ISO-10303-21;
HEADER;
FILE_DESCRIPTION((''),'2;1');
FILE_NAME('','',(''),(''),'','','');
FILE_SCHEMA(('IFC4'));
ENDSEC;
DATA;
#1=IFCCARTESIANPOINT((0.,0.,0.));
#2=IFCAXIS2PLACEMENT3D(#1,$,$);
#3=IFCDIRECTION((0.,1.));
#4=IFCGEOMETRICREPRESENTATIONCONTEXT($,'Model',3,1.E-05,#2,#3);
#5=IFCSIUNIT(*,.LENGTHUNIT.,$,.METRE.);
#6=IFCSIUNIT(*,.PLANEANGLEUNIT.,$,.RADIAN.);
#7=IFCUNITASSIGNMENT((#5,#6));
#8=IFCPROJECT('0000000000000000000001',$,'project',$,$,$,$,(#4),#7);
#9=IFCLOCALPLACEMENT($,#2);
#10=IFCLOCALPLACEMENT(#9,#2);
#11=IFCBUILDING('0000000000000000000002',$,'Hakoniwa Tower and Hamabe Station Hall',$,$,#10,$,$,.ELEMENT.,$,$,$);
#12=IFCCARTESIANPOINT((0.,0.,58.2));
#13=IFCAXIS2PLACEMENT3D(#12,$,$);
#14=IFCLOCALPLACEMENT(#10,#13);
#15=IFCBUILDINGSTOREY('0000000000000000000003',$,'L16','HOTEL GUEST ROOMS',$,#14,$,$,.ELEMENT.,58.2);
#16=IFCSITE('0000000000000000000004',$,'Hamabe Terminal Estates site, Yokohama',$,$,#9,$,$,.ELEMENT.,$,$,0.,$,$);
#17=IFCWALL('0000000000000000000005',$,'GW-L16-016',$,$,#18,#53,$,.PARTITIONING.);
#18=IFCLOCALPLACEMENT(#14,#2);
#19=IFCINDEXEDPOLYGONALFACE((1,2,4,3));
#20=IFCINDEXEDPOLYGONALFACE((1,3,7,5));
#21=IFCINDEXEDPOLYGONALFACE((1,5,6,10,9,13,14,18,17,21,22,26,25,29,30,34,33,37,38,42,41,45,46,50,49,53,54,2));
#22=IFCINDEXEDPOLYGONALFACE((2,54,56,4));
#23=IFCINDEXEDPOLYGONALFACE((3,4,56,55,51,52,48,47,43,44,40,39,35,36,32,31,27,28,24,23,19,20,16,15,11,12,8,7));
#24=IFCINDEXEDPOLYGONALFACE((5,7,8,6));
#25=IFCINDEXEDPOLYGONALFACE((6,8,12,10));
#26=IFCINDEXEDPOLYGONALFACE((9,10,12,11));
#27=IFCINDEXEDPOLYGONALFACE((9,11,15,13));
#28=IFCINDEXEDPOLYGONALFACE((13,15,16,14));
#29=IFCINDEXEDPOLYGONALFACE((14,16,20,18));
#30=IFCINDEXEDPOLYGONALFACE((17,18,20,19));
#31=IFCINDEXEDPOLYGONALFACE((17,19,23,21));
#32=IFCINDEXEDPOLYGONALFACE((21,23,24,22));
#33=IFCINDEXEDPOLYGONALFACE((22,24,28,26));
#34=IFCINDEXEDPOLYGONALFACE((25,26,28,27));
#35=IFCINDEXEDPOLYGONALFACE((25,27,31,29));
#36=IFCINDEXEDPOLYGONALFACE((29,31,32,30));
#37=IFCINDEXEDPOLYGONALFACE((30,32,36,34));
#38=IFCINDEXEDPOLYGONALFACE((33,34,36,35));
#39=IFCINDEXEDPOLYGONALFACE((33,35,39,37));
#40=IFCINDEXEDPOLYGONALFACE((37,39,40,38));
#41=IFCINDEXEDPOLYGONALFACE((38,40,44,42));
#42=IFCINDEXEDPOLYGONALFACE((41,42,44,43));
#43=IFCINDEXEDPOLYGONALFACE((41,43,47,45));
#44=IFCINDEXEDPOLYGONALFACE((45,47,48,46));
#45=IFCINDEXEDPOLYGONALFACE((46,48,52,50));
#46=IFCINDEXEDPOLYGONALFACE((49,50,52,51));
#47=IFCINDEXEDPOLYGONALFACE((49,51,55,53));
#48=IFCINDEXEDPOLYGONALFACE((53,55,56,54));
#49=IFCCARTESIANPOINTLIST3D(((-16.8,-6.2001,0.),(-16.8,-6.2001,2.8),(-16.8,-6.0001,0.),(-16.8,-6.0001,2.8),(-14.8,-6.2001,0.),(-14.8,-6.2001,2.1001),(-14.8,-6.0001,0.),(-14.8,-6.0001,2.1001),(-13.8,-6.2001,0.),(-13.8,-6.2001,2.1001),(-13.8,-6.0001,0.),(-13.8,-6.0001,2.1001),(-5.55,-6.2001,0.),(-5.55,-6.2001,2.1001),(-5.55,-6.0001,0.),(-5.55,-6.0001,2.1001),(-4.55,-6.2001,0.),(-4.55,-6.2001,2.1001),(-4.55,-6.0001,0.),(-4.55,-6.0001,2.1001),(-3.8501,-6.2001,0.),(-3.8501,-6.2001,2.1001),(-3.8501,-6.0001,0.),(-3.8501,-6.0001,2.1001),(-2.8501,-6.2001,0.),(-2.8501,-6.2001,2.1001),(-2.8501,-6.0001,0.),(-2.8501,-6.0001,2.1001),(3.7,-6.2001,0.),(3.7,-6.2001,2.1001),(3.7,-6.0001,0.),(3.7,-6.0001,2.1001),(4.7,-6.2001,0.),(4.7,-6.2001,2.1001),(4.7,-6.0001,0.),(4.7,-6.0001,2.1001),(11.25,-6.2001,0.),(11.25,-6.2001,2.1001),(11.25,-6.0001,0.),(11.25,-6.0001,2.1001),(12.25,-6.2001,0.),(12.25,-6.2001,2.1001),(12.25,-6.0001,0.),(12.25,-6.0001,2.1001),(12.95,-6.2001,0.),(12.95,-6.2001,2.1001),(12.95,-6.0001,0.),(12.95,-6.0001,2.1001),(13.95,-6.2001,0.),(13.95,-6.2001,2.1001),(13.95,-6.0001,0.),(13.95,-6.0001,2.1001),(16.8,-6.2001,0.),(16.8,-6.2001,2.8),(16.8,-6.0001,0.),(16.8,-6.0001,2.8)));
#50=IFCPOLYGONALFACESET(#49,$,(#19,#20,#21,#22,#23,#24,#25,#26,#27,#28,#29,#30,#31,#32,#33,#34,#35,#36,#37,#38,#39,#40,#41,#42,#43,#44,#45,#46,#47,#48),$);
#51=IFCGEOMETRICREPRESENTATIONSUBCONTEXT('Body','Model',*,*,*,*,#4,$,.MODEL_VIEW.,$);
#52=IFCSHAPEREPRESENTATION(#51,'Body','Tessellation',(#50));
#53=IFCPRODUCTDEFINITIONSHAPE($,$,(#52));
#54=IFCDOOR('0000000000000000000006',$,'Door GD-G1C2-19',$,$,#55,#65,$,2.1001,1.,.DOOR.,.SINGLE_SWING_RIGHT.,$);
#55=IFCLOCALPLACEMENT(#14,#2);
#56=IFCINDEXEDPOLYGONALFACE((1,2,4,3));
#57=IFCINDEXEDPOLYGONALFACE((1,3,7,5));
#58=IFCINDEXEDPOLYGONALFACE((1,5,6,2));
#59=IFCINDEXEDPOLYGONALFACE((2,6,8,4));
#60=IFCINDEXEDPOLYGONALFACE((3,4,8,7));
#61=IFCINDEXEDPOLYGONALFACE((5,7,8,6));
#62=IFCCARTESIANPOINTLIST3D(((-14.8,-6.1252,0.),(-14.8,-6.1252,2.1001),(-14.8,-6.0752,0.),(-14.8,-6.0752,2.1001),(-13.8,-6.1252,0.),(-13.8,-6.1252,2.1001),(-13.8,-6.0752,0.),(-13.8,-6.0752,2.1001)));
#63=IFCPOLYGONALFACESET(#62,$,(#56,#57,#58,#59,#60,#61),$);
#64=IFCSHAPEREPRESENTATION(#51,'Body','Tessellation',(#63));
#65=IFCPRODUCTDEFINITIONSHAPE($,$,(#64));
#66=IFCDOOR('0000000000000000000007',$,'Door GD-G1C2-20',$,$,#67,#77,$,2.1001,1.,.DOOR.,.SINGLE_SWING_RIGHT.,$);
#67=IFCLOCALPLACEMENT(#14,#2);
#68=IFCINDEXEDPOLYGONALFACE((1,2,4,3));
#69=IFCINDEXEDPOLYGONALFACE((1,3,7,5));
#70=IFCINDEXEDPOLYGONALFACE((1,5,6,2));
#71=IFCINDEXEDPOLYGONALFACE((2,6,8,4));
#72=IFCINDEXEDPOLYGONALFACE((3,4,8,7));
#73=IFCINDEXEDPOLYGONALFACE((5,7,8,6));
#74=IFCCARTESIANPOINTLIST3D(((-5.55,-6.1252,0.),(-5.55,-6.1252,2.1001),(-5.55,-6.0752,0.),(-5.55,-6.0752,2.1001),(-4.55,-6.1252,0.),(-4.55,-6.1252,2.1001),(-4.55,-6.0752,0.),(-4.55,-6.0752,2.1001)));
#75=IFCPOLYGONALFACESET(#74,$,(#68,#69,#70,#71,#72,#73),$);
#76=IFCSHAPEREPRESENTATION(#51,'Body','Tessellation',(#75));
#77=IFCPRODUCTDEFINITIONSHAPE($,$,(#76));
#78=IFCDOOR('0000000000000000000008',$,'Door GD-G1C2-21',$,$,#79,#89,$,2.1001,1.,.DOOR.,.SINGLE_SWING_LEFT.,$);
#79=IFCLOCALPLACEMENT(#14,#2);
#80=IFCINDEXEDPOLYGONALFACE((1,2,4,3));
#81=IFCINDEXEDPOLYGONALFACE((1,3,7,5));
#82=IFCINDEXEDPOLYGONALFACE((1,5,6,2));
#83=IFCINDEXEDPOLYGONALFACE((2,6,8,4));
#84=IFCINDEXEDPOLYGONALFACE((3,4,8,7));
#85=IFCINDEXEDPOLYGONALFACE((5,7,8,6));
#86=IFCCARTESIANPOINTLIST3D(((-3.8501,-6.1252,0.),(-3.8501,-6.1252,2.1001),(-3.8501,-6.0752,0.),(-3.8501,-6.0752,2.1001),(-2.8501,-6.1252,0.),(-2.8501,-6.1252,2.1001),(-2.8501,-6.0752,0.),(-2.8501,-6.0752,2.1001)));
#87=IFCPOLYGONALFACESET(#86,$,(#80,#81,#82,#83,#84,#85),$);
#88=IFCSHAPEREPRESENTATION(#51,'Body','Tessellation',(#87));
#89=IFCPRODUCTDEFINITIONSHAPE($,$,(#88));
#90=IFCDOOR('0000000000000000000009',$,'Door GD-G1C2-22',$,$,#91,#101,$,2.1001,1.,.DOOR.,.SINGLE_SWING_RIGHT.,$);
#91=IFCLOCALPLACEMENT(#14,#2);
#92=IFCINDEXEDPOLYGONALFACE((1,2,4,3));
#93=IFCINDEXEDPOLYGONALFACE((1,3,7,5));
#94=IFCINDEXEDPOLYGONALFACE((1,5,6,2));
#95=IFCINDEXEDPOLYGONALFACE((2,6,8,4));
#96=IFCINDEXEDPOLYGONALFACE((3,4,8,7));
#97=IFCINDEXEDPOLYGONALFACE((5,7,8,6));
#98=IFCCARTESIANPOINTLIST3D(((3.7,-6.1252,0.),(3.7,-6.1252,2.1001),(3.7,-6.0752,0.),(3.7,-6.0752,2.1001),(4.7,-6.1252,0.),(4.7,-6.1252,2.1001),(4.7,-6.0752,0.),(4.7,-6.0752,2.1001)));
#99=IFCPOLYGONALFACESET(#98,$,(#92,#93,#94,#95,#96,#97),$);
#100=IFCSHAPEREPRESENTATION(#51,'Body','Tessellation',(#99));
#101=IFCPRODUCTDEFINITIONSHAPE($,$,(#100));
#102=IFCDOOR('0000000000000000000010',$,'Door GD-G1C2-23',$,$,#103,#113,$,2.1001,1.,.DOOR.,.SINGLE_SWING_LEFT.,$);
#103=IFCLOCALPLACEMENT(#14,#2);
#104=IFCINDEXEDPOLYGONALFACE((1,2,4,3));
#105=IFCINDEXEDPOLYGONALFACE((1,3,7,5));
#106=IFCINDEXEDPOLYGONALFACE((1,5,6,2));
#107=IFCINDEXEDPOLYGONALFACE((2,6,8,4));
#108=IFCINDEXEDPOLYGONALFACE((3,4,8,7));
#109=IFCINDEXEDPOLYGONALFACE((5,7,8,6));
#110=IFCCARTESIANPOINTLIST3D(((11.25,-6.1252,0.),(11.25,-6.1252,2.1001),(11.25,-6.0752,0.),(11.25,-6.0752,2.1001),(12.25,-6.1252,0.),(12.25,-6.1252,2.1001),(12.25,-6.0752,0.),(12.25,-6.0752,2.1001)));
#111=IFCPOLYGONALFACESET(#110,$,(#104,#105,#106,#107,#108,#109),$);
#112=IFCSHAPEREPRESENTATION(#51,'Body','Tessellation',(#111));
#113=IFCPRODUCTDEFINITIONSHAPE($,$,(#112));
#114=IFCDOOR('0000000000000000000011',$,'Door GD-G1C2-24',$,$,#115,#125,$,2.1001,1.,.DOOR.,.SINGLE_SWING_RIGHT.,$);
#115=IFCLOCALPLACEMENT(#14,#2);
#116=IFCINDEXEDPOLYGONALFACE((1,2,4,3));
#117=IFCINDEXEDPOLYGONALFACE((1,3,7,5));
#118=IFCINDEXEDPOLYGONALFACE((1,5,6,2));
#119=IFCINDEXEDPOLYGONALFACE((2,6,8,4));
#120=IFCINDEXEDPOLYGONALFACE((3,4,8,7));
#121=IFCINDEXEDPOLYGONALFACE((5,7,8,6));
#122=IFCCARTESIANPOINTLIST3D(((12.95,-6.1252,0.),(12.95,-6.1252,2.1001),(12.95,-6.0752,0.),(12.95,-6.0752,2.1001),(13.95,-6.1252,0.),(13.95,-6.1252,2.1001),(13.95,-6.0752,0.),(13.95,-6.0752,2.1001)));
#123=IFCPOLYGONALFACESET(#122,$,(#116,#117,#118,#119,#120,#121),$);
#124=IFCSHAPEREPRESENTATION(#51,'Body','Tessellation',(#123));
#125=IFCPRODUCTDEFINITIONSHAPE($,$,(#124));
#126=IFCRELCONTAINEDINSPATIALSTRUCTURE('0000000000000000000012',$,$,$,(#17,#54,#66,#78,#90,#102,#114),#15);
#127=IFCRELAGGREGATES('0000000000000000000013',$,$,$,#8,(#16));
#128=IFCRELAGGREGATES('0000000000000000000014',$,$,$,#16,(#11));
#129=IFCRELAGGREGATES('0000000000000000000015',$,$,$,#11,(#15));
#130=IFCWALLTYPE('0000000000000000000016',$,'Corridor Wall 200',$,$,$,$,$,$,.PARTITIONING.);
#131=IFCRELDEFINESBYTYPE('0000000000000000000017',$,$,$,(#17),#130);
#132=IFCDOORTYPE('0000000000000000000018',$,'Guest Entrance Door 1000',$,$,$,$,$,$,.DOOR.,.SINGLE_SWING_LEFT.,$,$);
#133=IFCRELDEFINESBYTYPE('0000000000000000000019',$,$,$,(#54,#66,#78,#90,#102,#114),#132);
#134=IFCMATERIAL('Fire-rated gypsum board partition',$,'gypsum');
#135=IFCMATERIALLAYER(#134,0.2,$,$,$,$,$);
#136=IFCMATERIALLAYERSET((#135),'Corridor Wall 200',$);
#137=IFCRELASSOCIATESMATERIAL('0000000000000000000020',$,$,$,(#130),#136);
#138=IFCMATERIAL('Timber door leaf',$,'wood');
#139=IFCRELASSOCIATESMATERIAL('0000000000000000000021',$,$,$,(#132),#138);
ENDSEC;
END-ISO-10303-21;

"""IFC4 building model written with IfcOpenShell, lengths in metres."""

from ifc_helpers import new_model, si_unit, direction, frame, frame_2d, origin, place, context, subcontext, project, spatial, rectangle, extrude, material, layer, layer_set, type_object, element, fill, save


model = new_model("IFC4")

# Units and contexts
model_context = context("Model", 3, precision=1e-05, world=origin(), true_north=direction((0.0, 1.0)))
body_context = subcontext(model_context, "Body", "Model", "MODEL_VIEW")
ifc_project = project(units=[si_unit("LENGTHUNIT", "METRE"), si_unit("PLANEANGLEUNIT", "RADIAN")], contexts=[model_context])

# Site, building, storey
site_placement = place(None, origin())
site = spatial("IfcSite", under=ifc_project, at=site_placement, Name="Hamabe Terminal Estates site, Yokohama", CompositionType="ELEMENT", RefElevation=0.0)
building_placement = place(site_placement, origin())
building = spatial("IfcBuilding", under=site, at=building_placement, Name="Hakoniwa Tower and Hamabe Station Hall", CompositionType="ELEMENT")
storey_placement = place(building_placement, frame((0.0, 0.0, 58.2)))
storey = spatial("IfcBuildingStorey", under=building, at=storey_placement, Name="L16", Description="HOTEL GUEST ROOMS", CompositionType="ELEMENT", Elevation=58.2)

# Wall, openings, doors
ifc_material_1 = material(Name="Fire-rated gypsum board partition", Category="gypsum")
ifc_layer_1 = layer(ifc_material_1, 0.2)
ifc_layer_set_1 = layer_set([ifc_layer_1], Name="Corridor Wall 200")
wall_type_1 = type_object("IfcWallType", Name="Corridor Wall 200", PredefinedType="PARTITIONING", material=ifc_layer_set_1)
wall_1_placement = place(storey_placement, frame((-16.8, -6.1001, 0.0), z_axis=(0.0, 0.0, 1.0), x_axis=(1.0, 0.0, 0.0)))
wall_1 = element("IfcWall", 1, at=wall_1_placement, inside=storey, type_object=wall_type_1, Name="GW-L16-016", PredefinedType="PARTITIONING", context=body_context, shape_type="SweptSolid", body=[
    extrude(rectangle(XDim=33.6001, YDim=0.2, at=frame_2d((16.8, 0.0))), origin(), (0.0, 0.0, 1.0), 2.8),
])
opening_1_placement = place(wall_1_placement, frame((2.0, 0.0, 0.0)))
opening_1 = element("IfcOpeningElement", 2, at=opening_1_placement, cuts=wall_1, PredefinedType="OPENING", context=body_context, shape_type="SweptSolid", body=[
    extrude(rectangle(XDim=1.0, YDim=2.1001, at=frame_2d((0.5, 1.05))), frame((0.0, 0.1099, 0.0), z_axis=(0.0, -1.0, 0.0), x_axis=(1.0, 0.0, 0.0)), (0.0, 0.0, 1.0), 0.22),
])
opening_2_placement = place(wall_1_placement, frame((11.25, 0.0, 0.0)))
opening_2 = element("IfcOpeningElement", 3, at=opening_2_placement, cuts=wall_1, PredefinedType="OPENING", context=body_context, shape_type="SweptSolid", body=[
    extrude(rectangle(XDim=1.0, YDim=2.1001, at=frame_2d((0.5, 1.05))), frame((0.0, 0.1099, 0.0), z_axis=(0.0, -1.0, 0.0), x_axis=(1.0, 0.0, 0.0)), (0.0, 0.0, 1.0), 0.22),
])
opening_3_placement = place(wall_1_placement, frame((12.95, 0.0, 0.0)))
opening_3 = element("IfcOpeningElement", 4, at=opening_3_placement, cuts=wall_1, PredefinedType="OPENING", context=body_context, shape_type="SweptSolid", body=[
    extrude(rectangle(XDim=1.0, YDim=2.1001, at=frame_2d((0.5, 1.05))), frame((0.0, 0.1099, 0.0), z_axis=(0.0, -1.0, 0.0), x_axis=(1.0, 0.0, 0.0)), (0.0, 0.0, 1.0), 0.22),
])
opening_4_placement = place(wall_1_placement, frame((20.5, 0.0, 0.0)))
opening_4 = element("IfcOpeningElement", 5, at=opening_4_placement, cuts=wall_1, PredefinedType="OPENING", context=body_context, shape_type="SweptSolid", body=[
    extrude(rectangle(XDim=1.0, YDim=2.1001, at=frame_2d((0.5, 1.05))), frame((0.0, 0.1099, 0.0), z_axis=(0.0, -1.0, 0.0), x_axis=(1.0, 0.0, 0.0)), (0.0, 0.0, 1.0), 0.22),
])
opening_5_placement = place(wall_1_placement, frame((28.05, 0.0, 0.0)))
opening_5 = element("IfcOpeningElement", 6, at=opening_5_placement, cuts=wall_1, PredefinedType="OPENING", context=body_context, shape_type="SweptSolid", body=[
    extrude(rectangle(XDim=1.0, YDim=2.1001, at=frame_2d((0.5, 1.05))), frame((0.0, 0.1099, 0.0), z_axis=(0.0, -1.0, 0.0), x_axis=(1.0, 0.0, 0.0)), (0.0, 0.0, 1.0), 0.22),
])
opening_6_placement = place(wall_1_placement, frame((29.75, 0.0, 0.0)))
opening_6 = element("IfcOpeningElement", 7, at=opening_6_placement, cuts=wall_1, PredefinedType="OPENING", context=body_context, shape_type="SweptSolid", body=[
    extrude(rectangle(XDim=1.0, YDim=2.1001, at=frame_2d((0.5, 1.05))), frame((0.0, 0.1099, 0.0), z_axis=(0.0, -1.0, 0.0), x_axis=(1.0, 0.0, 0.0)), (0.0, 0.0, 1.0), 0.22),
])
ifc_material_2 = material(Name="Timber door leaf", Category="wood")
door_type_1 = type_object("IfcDoorType", Name="Guest Entrance Door 1000", OperationType="SINGLE_SWING_LEFT", PredefinedType="DOOR", material=ifc_material_2)
door_1_placement = place(opening_1_placement, origin())
door_1 = element("IfcDoor", 8, at=door_1_placement, inside=storey, type_object=door_type_1, Name="Door GD-G1C2-19", OperationType="SINGLE_SWING_RIGHT", OverallHeight=2.1001, OverallWidth=1.0, PredefinedType="DOOR", context=body_context, shape_type="SweptSolid", body=[
    extrude(rectangle(XDim=1.0, YDim=2.1001, at=frame_2d((0.5, 1.05))), frame((0.0, 0.0249, 0.0), z_axis=(0.0, -1.0, 0.0), x_axis=(1.0, 0.0, 0.0)), (0.0, 0.0, 1.0), 0.05),
])
fill(opening_1, door_1)
door_2_placement = place(opening_2_placement, origin())
door_2 = element("IfcDoor", 9, at=door_2_placement, inside=storey, type_object=door_type_1, Name="Door GD-G1C2-20", OperationType="SINGLE_SWING_RIGHT", OverallHeight=2.1001, OverallWidth=1.0, PredefinedType="DOOR", context=body_context, shape_type="SweptSolid", body=[
    extrude(rectangle(XDim=1.0, YDim=2.1001, at=frame_2d((0.5, 1.05))), frame((0.0, 0.0249, 0.0), z_axis=(0.0, -1.0, 0.0), x_axis=(1.0, 0.0, 0.0)), (0.0, 0.0, 1.0), 0.05),
])
fill(opening_2, door_2)
door_3_placement = place(opening_3_placement, origin())
door_3 = element("IfcDoor", 10, at=door_3_placement, inside=storey, type_object=door_type_1, Name="Door GD-G1C2-21", OperationType="SINGLE_SWING_LEFT", OverallHeight=2.1001, OverallWidth=1.0, PredefinedType="DOOR", context=body_context, shape_type="SweptSolid", body=[
    extrude(rectangle(XDim=1.0, YDim=2.1001, at=frame_2d((0.5, 1.05))), frame((0.0, 0.0249, 0.0), z_axis=(0.0, -1.0, 0.0), x_axis=(1.0, 0.0, 0.0)), (0.0, 0.0, 1.0), 0.05),
])
fill(opening_3, door_3)
door_4_placement = place(opening_4_placement, origin())
door_4 = element("IfcDoor", 11, at=door_4_placement, inside=storey, type_object=door_type_1, Name="Door GD-G1C2-22", OperationType="SINGLE_SWING_RIGHT", OverallHeight=2.1001, OverallWidth=1.0, PredefinedType="DOOR", context=body_context, shape_type="SweptSolid", body=[
    extrude(rectangle(XDim=1.0, YDim=2.1001, at=frame_2d((0.5, 1.05))), frame((0.0, 0.0249, 0.0), z_axis=(0.0, -1.0, 0.0), x_axis=(1.0, 0.0, 0.0)), (0.0, 0.0, 1.0), 0.05),
])
fill(opening_4, door_4)
door_5_placement = place(opening_5_placement, origin())
door_5 = element("IfcDoor", 12, at=door_5_placement, inside=storey, type_object=door_type_1, Name="Door GD-G1C2-23", OperationType="SINGLE_SWING_LEFT", OverallHeight=2.1001, OverallWidth=1.0, PredefinedType="DOOR", context=body_context, shape_type="SweptSolid", body=[
    extrude(rectangle(XDim=1.0, YDim=2.1001, at=frame_2d((0.5, 1.05))), frame((0.0, 0.0249, 0.0), z_axis=(0.0, -1.0, 0.0), x_axis=(1.0, 0.0, 0.0)), (0.0, 0.0, 1.0), 0.05),
])
fill(opening_5, door_5)
door_6_placement = place(opening_6_placement, origin())
door_6 = element("IfcDoor", 13, at=door_6_placement, inside=storey, type_object=door_type_1, Name="Door GD-G1C2-24", OperationType="SINGLE_SWING_RIGHT", OverallHeight=2.1001, OverallWidth=1.0, PredefinedType="DOOR", context=body_context, shape_type="SweptSolid", body=[
    extrude(rectangle(XDim=1.0, YDim=2.1001, at=frame_2d((0.5, 1.05))), frame((0.0, 0.0249, 0.0), z_axis=(0.0, -1.0, 0.0), x_axis=(1.0, 0.0, 0.0)), (0.0, 0.0, 1.0), 0.05),
])
fill(opening_6, door_6)

save(model, "model.ifc")
